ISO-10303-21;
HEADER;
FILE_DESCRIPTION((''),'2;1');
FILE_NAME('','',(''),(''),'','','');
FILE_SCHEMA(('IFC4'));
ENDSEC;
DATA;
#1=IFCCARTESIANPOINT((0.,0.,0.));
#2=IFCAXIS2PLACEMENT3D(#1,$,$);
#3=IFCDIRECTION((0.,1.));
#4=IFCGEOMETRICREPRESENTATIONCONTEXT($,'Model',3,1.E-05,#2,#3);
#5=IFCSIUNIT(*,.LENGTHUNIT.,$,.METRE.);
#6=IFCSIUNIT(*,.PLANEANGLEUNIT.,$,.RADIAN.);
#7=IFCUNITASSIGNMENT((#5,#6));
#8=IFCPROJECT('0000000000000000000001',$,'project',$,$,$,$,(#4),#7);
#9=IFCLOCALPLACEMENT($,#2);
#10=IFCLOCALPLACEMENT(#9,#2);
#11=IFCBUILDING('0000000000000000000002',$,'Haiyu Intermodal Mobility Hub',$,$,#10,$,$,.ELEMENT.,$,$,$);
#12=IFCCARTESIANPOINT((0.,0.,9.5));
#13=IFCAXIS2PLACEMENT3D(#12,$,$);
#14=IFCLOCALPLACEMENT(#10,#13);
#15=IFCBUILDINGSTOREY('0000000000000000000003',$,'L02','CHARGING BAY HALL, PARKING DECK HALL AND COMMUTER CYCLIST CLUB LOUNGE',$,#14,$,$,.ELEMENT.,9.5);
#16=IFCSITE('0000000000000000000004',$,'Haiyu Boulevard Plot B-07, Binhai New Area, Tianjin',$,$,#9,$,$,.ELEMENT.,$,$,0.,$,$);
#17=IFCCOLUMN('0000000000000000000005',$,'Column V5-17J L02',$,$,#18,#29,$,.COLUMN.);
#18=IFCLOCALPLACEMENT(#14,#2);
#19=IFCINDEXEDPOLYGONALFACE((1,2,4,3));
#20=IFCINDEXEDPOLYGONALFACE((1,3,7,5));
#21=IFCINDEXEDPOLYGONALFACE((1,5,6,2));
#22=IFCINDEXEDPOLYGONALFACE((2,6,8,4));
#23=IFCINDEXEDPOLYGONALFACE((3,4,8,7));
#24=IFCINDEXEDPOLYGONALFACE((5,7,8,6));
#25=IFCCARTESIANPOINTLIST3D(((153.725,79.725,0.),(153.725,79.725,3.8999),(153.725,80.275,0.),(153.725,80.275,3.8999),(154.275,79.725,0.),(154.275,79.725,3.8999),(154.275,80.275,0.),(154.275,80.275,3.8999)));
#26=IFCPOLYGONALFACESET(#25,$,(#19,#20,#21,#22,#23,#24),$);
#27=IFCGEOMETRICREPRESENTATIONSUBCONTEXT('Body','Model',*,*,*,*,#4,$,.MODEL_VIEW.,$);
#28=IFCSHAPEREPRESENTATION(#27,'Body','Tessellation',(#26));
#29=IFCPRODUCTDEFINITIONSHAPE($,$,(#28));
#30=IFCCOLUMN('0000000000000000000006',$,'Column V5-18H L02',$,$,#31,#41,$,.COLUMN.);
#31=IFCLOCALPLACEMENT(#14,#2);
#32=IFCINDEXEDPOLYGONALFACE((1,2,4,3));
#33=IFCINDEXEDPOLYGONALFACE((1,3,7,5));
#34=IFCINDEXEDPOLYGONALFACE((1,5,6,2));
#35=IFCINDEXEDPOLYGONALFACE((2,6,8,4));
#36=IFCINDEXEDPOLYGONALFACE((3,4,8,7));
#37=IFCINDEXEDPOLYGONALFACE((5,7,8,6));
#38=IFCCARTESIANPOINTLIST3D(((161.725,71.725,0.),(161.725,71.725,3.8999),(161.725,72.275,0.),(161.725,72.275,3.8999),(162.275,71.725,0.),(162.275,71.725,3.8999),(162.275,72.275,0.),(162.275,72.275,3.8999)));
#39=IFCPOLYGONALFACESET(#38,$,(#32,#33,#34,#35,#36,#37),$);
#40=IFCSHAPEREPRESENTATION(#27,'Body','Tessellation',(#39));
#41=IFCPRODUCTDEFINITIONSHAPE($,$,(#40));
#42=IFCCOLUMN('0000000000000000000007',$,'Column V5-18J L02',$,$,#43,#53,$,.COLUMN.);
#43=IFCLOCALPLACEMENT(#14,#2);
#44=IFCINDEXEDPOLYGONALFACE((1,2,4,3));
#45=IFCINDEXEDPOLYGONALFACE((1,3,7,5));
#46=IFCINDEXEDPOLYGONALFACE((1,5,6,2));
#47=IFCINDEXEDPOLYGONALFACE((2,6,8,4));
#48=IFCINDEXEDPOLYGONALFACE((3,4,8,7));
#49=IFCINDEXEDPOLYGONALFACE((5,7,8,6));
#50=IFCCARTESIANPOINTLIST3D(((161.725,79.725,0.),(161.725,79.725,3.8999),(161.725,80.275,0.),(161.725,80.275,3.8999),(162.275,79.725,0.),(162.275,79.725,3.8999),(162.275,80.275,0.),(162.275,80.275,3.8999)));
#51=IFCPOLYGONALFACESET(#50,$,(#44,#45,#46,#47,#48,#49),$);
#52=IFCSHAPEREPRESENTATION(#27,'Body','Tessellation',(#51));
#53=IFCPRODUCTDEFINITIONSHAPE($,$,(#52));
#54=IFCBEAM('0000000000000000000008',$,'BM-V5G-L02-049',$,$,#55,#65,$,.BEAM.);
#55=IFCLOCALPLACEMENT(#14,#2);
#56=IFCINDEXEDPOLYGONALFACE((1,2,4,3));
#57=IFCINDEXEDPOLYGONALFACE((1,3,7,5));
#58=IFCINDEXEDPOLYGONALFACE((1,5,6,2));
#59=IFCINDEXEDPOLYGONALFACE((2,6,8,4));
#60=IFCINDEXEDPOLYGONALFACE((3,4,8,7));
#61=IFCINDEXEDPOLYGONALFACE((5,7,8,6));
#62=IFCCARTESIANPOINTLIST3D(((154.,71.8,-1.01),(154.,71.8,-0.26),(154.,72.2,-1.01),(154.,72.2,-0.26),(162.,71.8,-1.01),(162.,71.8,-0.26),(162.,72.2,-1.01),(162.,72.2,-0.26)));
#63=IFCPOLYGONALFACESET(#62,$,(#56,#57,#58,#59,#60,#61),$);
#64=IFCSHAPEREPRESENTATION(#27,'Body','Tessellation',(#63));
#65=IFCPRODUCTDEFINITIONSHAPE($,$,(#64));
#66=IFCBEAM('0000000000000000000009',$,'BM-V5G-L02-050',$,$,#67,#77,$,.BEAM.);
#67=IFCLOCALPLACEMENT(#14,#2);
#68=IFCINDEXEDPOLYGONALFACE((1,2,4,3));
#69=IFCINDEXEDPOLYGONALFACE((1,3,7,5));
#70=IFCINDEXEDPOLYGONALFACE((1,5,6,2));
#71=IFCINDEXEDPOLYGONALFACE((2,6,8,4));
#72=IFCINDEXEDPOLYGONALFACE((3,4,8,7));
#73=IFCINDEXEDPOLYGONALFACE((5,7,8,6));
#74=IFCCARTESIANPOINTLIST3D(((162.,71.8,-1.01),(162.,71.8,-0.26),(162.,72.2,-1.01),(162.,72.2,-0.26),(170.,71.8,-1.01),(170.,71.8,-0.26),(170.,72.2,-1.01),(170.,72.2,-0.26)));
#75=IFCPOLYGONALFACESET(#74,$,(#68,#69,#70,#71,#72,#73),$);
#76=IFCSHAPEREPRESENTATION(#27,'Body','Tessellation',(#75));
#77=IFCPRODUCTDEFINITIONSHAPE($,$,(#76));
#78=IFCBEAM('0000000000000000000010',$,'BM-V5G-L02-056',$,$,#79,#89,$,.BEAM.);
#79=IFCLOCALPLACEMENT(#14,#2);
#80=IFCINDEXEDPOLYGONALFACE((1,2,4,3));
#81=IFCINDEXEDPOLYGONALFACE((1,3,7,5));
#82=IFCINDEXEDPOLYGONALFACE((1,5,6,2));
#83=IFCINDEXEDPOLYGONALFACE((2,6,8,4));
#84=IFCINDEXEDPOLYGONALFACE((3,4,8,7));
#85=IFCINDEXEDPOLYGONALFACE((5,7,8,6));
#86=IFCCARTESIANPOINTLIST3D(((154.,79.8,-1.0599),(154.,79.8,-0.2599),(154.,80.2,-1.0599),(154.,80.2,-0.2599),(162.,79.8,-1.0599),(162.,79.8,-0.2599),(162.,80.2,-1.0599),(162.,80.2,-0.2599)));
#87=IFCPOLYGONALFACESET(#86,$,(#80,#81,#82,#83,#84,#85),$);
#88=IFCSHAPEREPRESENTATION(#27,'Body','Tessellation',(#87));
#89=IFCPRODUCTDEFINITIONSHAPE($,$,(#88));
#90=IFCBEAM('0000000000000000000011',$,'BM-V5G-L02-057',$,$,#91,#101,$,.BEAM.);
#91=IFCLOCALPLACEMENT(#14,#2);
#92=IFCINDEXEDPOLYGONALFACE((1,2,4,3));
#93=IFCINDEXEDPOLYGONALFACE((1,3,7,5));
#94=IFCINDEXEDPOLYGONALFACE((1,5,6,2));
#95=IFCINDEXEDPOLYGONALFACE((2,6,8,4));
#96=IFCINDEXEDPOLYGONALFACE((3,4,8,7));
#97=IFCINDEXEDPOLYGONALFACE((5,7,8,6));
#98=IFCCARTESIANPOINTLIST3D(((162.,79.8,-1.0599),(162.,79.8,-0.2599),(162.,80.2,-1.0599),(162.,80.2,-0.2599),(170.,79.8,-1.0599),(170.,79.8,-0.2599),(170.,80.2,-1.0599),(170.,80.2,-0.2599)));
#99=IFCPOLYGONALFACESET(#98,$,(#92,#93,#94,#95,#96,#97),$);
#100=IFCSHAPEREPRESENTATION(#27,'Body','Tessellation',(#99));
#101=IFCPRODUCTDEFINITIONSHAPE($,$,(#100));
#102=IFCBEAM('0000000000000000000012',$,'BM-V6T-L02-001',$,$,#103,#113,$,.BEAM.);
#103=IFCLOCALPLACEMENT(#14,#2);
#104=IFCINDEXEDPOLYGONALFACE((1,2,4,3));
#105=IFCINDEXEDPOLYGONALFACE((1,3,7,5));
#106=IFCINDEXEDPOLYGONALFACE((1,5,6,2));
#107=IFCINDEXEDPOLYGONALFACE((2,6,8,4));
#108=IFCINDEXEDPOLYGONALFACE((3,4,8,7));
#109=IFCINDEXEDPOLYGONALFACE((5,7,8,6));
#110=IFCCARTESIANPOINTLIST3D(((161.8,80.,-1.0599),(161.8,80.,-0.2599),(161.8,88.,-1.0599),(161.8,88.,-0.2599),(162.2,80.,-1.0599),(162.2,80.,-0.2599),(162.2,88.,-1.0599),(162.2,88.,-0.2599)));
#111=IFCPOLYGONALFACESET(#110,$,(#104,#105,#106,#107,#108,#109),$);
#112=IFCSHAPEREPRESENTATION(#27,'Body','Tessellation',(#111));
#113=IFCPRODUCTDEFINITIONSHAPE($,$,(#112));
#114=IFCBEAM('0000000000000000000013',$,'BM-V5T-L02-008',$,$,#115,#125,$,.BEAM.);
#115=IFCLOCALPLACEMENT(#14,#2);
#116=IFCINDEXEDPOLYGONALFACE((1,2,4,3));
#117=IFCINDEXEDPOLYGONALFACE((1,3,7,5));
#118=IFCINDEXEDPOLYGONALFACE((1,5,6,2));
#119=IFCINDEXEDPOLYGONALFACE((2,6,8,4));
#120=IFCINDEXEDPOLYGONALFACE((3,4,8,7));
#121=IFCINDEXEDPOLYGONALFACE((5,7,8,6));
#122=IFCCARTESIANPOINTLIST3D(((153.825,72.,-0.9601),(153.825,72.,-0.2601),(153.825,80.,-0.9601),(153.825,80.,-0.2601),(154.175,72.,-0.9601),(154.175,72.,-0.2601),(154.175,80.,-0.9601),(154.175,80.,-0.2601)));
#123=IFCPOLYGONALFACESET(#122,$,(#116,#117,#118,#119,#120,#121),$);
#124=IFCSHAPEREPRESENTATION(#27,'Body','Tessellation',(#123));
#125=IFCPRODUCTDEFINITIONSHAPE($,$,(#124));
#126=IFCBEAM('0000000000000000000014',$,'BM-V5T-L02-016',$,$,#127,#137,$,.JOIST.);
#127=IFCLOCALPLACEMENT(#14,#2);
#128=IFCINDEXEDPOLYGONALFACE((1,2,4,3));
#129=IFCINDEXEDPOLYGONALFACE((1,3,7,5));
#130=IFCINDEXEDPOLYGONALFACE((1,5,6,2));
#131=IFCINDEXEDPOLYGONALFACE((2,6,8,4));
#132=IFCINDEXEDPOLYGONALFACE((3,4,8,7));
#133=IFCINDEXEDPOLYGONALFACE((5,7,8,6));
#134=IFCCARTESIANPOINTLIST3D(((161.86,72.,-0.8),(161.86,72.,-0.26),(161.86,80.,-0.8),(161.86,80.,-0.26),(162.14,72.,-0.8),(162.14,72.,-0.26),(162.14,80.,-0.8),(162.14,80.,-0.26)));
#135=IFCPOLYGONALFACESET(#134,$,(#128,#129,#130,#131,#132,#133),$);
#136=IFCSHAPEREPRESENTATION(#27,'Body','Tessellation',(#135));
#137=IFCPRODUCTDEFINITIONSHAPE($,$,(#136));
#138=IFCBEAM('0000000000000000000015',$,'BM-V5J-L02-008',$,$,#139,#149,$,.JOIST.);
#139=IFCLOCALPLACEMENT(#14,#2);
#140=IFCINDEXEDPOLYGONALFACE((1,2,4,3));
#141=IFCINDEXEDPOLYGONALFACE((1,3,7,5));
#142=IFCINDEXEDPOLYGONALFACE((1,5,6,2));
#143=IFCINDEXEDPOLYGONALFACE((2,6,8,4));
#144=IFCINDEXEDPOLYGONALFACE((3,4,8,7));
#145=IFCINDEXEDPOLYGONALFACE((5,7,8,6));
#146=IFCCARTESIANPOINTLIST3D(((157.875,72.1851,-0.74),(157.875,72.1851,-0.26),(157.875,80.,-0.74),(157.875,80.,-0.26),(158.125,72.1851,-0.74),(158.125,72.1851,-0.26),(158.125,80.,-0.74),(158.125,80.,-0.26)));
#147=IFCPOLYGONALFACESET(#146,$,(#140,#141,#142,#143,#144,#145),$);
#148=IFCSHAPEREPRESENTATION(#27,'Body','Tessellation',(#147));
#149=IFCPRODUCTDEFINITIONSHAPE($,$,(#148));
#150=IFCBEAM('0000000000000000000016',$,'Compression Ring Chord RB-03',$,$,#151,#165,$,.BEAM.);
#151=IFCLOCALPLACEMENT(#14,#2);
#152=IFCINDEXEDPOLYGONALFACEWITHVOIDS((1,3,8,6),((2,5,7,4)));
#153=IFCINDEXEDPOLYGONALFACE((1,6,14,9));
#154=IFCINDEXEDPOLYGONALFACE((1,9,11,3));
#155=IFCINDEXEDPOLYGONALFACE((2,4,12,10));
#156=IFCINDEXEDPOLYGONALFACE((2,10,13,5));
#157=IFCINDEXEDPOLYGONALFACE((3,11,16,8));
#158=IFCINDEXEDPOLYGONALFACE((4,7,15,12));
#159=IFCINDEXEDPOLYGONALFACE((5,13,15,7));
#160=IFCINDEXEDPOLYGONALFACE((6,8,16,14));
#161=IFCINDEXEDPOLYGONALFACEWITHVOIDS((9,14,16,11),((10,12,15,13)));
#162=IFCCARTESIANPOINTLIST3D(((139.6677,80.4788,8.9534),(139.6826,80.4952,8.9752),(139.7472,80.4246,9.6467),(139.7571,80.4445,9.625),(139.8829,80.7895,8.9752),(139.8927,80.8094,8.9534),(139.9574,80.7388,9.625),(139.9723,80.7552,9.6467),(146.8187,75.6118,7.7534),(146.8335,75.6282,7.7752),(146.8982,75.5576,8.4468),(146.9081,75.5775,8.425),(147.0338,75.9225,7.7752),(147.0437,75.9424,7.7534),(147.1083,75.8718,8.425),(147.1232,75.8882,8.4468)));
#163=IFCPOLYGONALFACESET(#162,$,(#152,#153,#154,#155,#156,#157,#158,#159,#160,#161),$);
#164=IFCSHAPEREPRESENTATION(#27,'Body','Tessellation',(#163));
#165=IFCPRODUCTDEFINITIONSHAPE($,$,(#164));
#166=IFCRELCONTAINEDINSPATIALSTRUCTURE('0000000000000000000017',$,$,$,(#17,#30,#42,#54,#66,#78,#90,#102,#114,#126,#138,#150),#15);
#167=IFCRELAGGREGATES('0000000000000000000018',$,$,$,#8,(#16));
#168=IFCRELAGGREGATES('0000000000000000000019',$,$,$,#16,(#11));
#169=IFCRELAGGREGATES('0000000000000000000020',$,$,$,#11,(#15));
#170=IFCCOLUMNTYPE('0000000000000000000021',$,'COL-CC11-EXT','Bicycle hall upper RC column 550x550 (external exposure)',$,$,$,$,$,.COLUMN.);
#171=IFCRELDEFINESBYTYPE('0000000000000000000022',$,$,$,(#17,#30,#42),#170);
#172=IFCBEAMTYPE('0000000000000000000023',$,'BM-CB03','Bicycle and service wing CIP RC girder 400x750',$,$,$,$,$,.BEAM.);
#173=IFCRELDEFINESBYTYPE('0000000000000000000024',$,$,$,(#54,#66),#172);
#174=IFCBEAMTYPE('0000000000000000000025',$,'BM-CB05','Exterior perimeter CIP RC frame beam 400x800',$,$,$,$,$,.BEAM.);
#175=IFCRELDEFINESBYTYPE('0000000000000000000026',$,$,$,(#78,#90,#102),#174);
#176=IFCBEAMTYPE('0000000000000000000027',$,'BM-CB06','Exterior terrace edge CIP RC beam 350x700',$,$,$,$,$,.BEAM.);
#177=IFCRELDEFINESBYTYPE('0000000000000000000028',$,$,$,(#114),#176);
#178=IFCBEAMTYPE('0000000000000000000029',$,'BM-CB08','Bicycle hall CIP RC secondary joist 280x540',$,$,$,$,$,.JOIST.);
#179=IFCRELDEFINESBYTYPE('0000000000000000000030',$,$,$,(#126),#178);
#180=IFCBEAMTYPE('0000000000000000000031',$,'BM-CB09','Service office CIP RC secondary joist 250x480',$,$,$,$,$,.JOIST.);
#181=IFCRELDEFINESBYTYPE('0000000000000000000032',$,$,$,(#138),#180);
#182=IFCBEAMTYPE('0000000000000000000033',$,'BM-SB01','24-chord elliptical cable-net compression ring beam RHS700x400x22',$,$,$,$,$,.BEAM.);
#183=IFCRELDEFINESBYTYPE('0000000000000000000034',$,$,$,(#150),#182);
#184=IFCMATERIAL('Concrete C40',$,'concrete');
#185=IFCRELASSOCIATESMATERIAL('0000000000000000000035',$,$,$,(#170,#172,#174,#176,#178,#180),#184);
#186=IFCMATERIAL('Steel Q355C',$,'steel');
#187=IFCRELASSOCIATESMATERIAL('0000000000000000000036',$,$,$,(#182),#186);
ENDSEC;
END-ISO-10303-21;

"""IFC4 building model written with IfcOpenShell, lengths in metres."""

from ifc_helpers import new_model, si_unit, direction, frame, origin, origin_2d, place, context, subcontext, project, spatial, rectangle, hollow_rectangle, extrude, material, material_profile, profile_set, type_object, element, save


model = new_model("IFC4")

# Units and contexts
model_context = context("Model", 3, precision=1e-05, world=origin(), true_north=direction((0.0, 1.0)))
body_context = subcontext(model_context, "Body", "Model", "MODEL_VIEW")
ifc_project = project(units=[si_unit("LENGTHUNIT", "METRE"), si_unit("PLANEANGLEUNIT", "RADIAN")], contexts=[model_context])

# Site, building, storey
site_placement = place(None, origin())
site = spatial("IfcSite", under=ifc_project, at=site_placement, Name="Haiyu Boulevard Plot B-07, Binhai New Area, Tianjin", CompositionType="ELEMENT", RefElevation=0.0)
building_placement = place(site_placement, origin())
building = spatial("IfcBuilding", under=site, at=building_placement, Name="Haiyu Intermodal Mobility Hub", CompositionType="ELEMENT")
storey_placement = place(building_placement, frame((0.0, 0.0, 9.5)))
storey = spatial("IfcBuildingStorey", under=building, at=storey_placement, Name="L02", Description="CHARGING BAY HALL, PARKING DECK HALL AND COMMUTER CYCLIST CLUB LOUNGE", CompositionType="ELEMENT", Elevation=9.5)

# Columns
ifc_material_1 = material(Name="Concrete C40", Category="concrete")
ifc_material_profile_1 = material_profile(ifc_material_1, rectangle(XDim=0.55, YDim=0.55, at=origin_2d()), Name="RC550x550")
ifc_profile_set_1 = profile_set([ifc_material_profile_1], Name="Concrete C40")
column_type = type_object("IfcColumnType", Name="COL-CC11-EXT", Description="Bicycle hall upper RC column 550x550 (external exposure)", PredefinedType="COLUMN", material=ifc_profile_set_1)
for number, where, z_axis, x_axis, name in (
    (1, (154.0, 80.0, 0.0), (0.0, 0.0, 1.0), (1.0, 0.0, 0.0), "Column V5-17J L02"),
    (2, (162.0, 72.0, 0.0), (0.0, 0.0, 1.0), (1.0, 0.0, 0.0), "Column V5-18H L02"),
    (3, (162.0, 80.0, 0.0), (0.0, 0.0, 1.0), (1.0, 0.0, 0.0), "Column V5-18J L02"),
):
    element("IfcColumn", number, at=place(storey_placement, frame(where, z_axis=z_axis, x_axis=x_axis)), inside=storey, type_object=column_type, Name=name, PredefinedType="COLUMN", context=body_context, shape_type="SweptSolid", body=[
        extrude(rectangle(XDim=0.55, YDim=0.55, at=origin_2d()), origin(), (0.0, 0.0, 1.0), 3.8999),
    ])

# Beams
ifc_material_profile_2 = material_profile(ifc_material_1, rectangle(XDim=0.3999, YDim=0.75, at=origin_2d()), Name="RCB400x750")
ifc_profile_set_2 = profile_set([ifc_material_profile_2], Name="Concrete C40")
beam_type_1 = type_object("IfcBeamType", Name="BM-CB03", Description="Bicycle and service wing CIP RC girder 400x750", PredefinedType="BEAM", material=ifc_profile_set_2)
for number, where, z_axis, x_axis, name in (
    (4, (154.0, 72.0, -0.635), (1.0, 0.0, 0.0), (0.0, 1.0, 0.0), "BM-V5G-L02-049"),
    (5, (162.0, 72.0, -0.635), (1.0, 0.0, 0.0), (0.0, 1.0, 0.0), "BM-V5G-L02-050"),
):
    element("IfcBeam", number, at=place(storey_placement, frame(where, z_axis=z_axis, x_axis=x_axis)), inside=storey, type_object=beam_type_1, Name=name, PredefinedType="BEAM", context=body_context, shape_type="SweptSolid", body=[
        extrude(rectangle(XDim=0.3999, YDim=0.75, at=origin_2d()), origin(), (0.0, 0.0, 1.0), 8.0),
    ])
ifc_material_profile_3 = material_profile(ifc_material_1, rectangle(XDim=0.3999, YDim=0.8, at=origin_2d()), Name="RCB400x800")
ifc_profile_set_3 = profile_set([ifc_material_profile_3], Name="Concrete C40")
beam_type_2 = type_object("IfcBeamType", Name="BM-CB05", Description="Exterior perimeter CIP RC frame beam 400x800", PredefinedType="BEAM", material=ifc_profile_set_3)
for number, where, z_axis, x_axis, name in (
    (6, (154.0, 80.0, -0.6599), (1.0, 0.0, 0.0), (0.0, 1.0, 0.0), "BM-V5G-L02-056"),
    (7, (162.0, 80.0, -0.6599), (1.0, 0.0, 0.0), (0.0, 1.0, 0.0), "BM-V5G-L02-057"),
    (8, (162.0, 80.0, -0.6599), (0.0, 1.0, 0.0), (-1.0, 0.0, 0.0), "BM-V6T-L02-001"),
):
    element("IfcBeam", number, at=place(storey_placement, frame(where, z_axis=z_axis, x_axis=x_axis)), inside=storey, type_object=beam_type_2, Name=name, PredefinedType="BEAM", context=body_context, shape_type="SweptSolid", body=[
        extrude(rectangle(XDim=0.3999, YDim=0.8, at=origin_2d()), origin(), (0.0, 0.0, 1.0), 8.0),
    ])
ifc_material_profile_4 = material_profile(ifc_material_1, rectangle(XDim=0.3501, YDim=0.7, at=origin_2d()), Name="RCB350x700")
ifc_profile_set_4 = profile_set([ifc_material_profile_4], Name="Concrete C40")
beam_type_3 = type_object("IfcBeamType", Name="BM-CB06", Description="Exterior terrace edge CIP RC beam 350x700", PredefinedType="BEAM", material=ifc_profile_set_4)
beam_1_placement = place(storey_placement, frame((154.0, 72.0, -0.6101), z_axis=(0.0, 1.0, 0.0), x_axis=(-1.0, 0.0, 0.0)))
element("IfcBeam", 9, at=beam_1_placement, inside=storey, type_object=beam_type_3, Name="BM-V5T-L02-008", PredefinedType="BEAM", context=body_context, shape_type="SweptSolid", body=[
    extrude(rectangle(XDim=0.3501, YDim=0.7, at=origin_2d()), origin(), (0.0, 0.0, 1.0), 8.0),
])
ifc_material_profile_5 = material_profile(ifc_material_1, rectangle(XDim=0.28, YDim=0.54, at=origin_2d()), Name="RCB280x540")
ifc_profile_set_5 = profile_set([ifc_material_profile_5], Name="Concrete C40")
beam_type_4 = type_object("IfcBeamType", Name="BM-CB08", Description="Bicycle hall CIP RC secondary joist 280x540", PredefinedType="JOIST", material=ifc_profile_set_5)
beam_2_placement = place(storey_placement, frame((162.0, 72.0, -0.53), z_axis=(0.0, 1.0, 0.0), x_axis=(-1.0, 0.0, 0.0)))
element("IfcBeam", 10, at=beam_2_placement, inside=storey, type_object=beam_type_4, Name="BM-V5T-L02-016", PredefinedType="JOIST", context=body_context, shape_type="SweptSolid", body=[
    extrude(rectangle(XDim=0.28, YDim=0.54, at=origin_2d()), origin(), (0.0, 0.0, 1.0), 8.0),
])
ifc_material_profile_6 = material_profile(ifc_material_1, rectangle(XDim=0.25, YDim=0.48, at=origin_2d()), Name="RCB250x480")
ifc_profile_set_6 = profile_set([ifc_material_profile_6], Name="Concrete C40")
beam_type_5 = type_object("IfcBeamType", Name="BM-CB09", Description="Service office CIP RC secondary joist 250x480", PredefinedType="JOIST", material=ifc_profile_set_6)
beam_3_placement = place(storey_placement, frame((158.0, 72.1851, -0.5), z_axis=(0.0, 1.0, 0.0), x_axis=(-1.0, 0.0, 0.0)))
element("IfcBeam", 11, at=beam_3_placement, inside=storey, type_object=beam_type_5, Name="BM-V5J-L02-008", PredefinedType="JOIST", context=body_context, shape_type="SweptSolid", body=[
    extrude(rectangle(XDim=0.25, YDim=0.48, at=origin_2d()), origin(), (0.0, 0.0, 1.0), 7.8149),
])
ifc_material_2 = material(Name="Steel Q355C", Category="steel")
ifc_material_profile_7 = material_profile(ifc_material_2, hollow_rectangle(XDim=0.3999, YDim=0.7, WallThickness=0.022, at=origin_2d()), Name="RHS700x400x22")
ifc_profile_set_7 = profile_set([ifc_material_profile_7], Name="Steel Q355C")
beam_type_6 = type_object("IfcBeamType", Name="BM-SB01", Description="24-chord elliptical cable-net compression ring beam RHS700x400x22", PredefinedType="BEAM", material=ifc_profile_set_7)
beam_4_placement = place(storey_placement, frame((146.9709, 75.75, 8.1001), z_axis=(-0.818851, 0.557317, 0.137407), x_axis=(-0.562654, -0.826693, 0.0)))
element("IfcBeam", 12, at=beam_4_placement, inside=storey, type_object=beam_type_6, Name="Compression Ring Chord RB-03", PredefinedType="BEAM", context=body_context, shape_type="SweptSolid", body=[
    extrude(hollow_rectangle(XDim=0.3999, YDim=0.7, WallThickness=0.022, at=origin_2d()), origin(), (0.0, 0.0, 1.0), 8.7329),
])

save(model, "model.ifc")
